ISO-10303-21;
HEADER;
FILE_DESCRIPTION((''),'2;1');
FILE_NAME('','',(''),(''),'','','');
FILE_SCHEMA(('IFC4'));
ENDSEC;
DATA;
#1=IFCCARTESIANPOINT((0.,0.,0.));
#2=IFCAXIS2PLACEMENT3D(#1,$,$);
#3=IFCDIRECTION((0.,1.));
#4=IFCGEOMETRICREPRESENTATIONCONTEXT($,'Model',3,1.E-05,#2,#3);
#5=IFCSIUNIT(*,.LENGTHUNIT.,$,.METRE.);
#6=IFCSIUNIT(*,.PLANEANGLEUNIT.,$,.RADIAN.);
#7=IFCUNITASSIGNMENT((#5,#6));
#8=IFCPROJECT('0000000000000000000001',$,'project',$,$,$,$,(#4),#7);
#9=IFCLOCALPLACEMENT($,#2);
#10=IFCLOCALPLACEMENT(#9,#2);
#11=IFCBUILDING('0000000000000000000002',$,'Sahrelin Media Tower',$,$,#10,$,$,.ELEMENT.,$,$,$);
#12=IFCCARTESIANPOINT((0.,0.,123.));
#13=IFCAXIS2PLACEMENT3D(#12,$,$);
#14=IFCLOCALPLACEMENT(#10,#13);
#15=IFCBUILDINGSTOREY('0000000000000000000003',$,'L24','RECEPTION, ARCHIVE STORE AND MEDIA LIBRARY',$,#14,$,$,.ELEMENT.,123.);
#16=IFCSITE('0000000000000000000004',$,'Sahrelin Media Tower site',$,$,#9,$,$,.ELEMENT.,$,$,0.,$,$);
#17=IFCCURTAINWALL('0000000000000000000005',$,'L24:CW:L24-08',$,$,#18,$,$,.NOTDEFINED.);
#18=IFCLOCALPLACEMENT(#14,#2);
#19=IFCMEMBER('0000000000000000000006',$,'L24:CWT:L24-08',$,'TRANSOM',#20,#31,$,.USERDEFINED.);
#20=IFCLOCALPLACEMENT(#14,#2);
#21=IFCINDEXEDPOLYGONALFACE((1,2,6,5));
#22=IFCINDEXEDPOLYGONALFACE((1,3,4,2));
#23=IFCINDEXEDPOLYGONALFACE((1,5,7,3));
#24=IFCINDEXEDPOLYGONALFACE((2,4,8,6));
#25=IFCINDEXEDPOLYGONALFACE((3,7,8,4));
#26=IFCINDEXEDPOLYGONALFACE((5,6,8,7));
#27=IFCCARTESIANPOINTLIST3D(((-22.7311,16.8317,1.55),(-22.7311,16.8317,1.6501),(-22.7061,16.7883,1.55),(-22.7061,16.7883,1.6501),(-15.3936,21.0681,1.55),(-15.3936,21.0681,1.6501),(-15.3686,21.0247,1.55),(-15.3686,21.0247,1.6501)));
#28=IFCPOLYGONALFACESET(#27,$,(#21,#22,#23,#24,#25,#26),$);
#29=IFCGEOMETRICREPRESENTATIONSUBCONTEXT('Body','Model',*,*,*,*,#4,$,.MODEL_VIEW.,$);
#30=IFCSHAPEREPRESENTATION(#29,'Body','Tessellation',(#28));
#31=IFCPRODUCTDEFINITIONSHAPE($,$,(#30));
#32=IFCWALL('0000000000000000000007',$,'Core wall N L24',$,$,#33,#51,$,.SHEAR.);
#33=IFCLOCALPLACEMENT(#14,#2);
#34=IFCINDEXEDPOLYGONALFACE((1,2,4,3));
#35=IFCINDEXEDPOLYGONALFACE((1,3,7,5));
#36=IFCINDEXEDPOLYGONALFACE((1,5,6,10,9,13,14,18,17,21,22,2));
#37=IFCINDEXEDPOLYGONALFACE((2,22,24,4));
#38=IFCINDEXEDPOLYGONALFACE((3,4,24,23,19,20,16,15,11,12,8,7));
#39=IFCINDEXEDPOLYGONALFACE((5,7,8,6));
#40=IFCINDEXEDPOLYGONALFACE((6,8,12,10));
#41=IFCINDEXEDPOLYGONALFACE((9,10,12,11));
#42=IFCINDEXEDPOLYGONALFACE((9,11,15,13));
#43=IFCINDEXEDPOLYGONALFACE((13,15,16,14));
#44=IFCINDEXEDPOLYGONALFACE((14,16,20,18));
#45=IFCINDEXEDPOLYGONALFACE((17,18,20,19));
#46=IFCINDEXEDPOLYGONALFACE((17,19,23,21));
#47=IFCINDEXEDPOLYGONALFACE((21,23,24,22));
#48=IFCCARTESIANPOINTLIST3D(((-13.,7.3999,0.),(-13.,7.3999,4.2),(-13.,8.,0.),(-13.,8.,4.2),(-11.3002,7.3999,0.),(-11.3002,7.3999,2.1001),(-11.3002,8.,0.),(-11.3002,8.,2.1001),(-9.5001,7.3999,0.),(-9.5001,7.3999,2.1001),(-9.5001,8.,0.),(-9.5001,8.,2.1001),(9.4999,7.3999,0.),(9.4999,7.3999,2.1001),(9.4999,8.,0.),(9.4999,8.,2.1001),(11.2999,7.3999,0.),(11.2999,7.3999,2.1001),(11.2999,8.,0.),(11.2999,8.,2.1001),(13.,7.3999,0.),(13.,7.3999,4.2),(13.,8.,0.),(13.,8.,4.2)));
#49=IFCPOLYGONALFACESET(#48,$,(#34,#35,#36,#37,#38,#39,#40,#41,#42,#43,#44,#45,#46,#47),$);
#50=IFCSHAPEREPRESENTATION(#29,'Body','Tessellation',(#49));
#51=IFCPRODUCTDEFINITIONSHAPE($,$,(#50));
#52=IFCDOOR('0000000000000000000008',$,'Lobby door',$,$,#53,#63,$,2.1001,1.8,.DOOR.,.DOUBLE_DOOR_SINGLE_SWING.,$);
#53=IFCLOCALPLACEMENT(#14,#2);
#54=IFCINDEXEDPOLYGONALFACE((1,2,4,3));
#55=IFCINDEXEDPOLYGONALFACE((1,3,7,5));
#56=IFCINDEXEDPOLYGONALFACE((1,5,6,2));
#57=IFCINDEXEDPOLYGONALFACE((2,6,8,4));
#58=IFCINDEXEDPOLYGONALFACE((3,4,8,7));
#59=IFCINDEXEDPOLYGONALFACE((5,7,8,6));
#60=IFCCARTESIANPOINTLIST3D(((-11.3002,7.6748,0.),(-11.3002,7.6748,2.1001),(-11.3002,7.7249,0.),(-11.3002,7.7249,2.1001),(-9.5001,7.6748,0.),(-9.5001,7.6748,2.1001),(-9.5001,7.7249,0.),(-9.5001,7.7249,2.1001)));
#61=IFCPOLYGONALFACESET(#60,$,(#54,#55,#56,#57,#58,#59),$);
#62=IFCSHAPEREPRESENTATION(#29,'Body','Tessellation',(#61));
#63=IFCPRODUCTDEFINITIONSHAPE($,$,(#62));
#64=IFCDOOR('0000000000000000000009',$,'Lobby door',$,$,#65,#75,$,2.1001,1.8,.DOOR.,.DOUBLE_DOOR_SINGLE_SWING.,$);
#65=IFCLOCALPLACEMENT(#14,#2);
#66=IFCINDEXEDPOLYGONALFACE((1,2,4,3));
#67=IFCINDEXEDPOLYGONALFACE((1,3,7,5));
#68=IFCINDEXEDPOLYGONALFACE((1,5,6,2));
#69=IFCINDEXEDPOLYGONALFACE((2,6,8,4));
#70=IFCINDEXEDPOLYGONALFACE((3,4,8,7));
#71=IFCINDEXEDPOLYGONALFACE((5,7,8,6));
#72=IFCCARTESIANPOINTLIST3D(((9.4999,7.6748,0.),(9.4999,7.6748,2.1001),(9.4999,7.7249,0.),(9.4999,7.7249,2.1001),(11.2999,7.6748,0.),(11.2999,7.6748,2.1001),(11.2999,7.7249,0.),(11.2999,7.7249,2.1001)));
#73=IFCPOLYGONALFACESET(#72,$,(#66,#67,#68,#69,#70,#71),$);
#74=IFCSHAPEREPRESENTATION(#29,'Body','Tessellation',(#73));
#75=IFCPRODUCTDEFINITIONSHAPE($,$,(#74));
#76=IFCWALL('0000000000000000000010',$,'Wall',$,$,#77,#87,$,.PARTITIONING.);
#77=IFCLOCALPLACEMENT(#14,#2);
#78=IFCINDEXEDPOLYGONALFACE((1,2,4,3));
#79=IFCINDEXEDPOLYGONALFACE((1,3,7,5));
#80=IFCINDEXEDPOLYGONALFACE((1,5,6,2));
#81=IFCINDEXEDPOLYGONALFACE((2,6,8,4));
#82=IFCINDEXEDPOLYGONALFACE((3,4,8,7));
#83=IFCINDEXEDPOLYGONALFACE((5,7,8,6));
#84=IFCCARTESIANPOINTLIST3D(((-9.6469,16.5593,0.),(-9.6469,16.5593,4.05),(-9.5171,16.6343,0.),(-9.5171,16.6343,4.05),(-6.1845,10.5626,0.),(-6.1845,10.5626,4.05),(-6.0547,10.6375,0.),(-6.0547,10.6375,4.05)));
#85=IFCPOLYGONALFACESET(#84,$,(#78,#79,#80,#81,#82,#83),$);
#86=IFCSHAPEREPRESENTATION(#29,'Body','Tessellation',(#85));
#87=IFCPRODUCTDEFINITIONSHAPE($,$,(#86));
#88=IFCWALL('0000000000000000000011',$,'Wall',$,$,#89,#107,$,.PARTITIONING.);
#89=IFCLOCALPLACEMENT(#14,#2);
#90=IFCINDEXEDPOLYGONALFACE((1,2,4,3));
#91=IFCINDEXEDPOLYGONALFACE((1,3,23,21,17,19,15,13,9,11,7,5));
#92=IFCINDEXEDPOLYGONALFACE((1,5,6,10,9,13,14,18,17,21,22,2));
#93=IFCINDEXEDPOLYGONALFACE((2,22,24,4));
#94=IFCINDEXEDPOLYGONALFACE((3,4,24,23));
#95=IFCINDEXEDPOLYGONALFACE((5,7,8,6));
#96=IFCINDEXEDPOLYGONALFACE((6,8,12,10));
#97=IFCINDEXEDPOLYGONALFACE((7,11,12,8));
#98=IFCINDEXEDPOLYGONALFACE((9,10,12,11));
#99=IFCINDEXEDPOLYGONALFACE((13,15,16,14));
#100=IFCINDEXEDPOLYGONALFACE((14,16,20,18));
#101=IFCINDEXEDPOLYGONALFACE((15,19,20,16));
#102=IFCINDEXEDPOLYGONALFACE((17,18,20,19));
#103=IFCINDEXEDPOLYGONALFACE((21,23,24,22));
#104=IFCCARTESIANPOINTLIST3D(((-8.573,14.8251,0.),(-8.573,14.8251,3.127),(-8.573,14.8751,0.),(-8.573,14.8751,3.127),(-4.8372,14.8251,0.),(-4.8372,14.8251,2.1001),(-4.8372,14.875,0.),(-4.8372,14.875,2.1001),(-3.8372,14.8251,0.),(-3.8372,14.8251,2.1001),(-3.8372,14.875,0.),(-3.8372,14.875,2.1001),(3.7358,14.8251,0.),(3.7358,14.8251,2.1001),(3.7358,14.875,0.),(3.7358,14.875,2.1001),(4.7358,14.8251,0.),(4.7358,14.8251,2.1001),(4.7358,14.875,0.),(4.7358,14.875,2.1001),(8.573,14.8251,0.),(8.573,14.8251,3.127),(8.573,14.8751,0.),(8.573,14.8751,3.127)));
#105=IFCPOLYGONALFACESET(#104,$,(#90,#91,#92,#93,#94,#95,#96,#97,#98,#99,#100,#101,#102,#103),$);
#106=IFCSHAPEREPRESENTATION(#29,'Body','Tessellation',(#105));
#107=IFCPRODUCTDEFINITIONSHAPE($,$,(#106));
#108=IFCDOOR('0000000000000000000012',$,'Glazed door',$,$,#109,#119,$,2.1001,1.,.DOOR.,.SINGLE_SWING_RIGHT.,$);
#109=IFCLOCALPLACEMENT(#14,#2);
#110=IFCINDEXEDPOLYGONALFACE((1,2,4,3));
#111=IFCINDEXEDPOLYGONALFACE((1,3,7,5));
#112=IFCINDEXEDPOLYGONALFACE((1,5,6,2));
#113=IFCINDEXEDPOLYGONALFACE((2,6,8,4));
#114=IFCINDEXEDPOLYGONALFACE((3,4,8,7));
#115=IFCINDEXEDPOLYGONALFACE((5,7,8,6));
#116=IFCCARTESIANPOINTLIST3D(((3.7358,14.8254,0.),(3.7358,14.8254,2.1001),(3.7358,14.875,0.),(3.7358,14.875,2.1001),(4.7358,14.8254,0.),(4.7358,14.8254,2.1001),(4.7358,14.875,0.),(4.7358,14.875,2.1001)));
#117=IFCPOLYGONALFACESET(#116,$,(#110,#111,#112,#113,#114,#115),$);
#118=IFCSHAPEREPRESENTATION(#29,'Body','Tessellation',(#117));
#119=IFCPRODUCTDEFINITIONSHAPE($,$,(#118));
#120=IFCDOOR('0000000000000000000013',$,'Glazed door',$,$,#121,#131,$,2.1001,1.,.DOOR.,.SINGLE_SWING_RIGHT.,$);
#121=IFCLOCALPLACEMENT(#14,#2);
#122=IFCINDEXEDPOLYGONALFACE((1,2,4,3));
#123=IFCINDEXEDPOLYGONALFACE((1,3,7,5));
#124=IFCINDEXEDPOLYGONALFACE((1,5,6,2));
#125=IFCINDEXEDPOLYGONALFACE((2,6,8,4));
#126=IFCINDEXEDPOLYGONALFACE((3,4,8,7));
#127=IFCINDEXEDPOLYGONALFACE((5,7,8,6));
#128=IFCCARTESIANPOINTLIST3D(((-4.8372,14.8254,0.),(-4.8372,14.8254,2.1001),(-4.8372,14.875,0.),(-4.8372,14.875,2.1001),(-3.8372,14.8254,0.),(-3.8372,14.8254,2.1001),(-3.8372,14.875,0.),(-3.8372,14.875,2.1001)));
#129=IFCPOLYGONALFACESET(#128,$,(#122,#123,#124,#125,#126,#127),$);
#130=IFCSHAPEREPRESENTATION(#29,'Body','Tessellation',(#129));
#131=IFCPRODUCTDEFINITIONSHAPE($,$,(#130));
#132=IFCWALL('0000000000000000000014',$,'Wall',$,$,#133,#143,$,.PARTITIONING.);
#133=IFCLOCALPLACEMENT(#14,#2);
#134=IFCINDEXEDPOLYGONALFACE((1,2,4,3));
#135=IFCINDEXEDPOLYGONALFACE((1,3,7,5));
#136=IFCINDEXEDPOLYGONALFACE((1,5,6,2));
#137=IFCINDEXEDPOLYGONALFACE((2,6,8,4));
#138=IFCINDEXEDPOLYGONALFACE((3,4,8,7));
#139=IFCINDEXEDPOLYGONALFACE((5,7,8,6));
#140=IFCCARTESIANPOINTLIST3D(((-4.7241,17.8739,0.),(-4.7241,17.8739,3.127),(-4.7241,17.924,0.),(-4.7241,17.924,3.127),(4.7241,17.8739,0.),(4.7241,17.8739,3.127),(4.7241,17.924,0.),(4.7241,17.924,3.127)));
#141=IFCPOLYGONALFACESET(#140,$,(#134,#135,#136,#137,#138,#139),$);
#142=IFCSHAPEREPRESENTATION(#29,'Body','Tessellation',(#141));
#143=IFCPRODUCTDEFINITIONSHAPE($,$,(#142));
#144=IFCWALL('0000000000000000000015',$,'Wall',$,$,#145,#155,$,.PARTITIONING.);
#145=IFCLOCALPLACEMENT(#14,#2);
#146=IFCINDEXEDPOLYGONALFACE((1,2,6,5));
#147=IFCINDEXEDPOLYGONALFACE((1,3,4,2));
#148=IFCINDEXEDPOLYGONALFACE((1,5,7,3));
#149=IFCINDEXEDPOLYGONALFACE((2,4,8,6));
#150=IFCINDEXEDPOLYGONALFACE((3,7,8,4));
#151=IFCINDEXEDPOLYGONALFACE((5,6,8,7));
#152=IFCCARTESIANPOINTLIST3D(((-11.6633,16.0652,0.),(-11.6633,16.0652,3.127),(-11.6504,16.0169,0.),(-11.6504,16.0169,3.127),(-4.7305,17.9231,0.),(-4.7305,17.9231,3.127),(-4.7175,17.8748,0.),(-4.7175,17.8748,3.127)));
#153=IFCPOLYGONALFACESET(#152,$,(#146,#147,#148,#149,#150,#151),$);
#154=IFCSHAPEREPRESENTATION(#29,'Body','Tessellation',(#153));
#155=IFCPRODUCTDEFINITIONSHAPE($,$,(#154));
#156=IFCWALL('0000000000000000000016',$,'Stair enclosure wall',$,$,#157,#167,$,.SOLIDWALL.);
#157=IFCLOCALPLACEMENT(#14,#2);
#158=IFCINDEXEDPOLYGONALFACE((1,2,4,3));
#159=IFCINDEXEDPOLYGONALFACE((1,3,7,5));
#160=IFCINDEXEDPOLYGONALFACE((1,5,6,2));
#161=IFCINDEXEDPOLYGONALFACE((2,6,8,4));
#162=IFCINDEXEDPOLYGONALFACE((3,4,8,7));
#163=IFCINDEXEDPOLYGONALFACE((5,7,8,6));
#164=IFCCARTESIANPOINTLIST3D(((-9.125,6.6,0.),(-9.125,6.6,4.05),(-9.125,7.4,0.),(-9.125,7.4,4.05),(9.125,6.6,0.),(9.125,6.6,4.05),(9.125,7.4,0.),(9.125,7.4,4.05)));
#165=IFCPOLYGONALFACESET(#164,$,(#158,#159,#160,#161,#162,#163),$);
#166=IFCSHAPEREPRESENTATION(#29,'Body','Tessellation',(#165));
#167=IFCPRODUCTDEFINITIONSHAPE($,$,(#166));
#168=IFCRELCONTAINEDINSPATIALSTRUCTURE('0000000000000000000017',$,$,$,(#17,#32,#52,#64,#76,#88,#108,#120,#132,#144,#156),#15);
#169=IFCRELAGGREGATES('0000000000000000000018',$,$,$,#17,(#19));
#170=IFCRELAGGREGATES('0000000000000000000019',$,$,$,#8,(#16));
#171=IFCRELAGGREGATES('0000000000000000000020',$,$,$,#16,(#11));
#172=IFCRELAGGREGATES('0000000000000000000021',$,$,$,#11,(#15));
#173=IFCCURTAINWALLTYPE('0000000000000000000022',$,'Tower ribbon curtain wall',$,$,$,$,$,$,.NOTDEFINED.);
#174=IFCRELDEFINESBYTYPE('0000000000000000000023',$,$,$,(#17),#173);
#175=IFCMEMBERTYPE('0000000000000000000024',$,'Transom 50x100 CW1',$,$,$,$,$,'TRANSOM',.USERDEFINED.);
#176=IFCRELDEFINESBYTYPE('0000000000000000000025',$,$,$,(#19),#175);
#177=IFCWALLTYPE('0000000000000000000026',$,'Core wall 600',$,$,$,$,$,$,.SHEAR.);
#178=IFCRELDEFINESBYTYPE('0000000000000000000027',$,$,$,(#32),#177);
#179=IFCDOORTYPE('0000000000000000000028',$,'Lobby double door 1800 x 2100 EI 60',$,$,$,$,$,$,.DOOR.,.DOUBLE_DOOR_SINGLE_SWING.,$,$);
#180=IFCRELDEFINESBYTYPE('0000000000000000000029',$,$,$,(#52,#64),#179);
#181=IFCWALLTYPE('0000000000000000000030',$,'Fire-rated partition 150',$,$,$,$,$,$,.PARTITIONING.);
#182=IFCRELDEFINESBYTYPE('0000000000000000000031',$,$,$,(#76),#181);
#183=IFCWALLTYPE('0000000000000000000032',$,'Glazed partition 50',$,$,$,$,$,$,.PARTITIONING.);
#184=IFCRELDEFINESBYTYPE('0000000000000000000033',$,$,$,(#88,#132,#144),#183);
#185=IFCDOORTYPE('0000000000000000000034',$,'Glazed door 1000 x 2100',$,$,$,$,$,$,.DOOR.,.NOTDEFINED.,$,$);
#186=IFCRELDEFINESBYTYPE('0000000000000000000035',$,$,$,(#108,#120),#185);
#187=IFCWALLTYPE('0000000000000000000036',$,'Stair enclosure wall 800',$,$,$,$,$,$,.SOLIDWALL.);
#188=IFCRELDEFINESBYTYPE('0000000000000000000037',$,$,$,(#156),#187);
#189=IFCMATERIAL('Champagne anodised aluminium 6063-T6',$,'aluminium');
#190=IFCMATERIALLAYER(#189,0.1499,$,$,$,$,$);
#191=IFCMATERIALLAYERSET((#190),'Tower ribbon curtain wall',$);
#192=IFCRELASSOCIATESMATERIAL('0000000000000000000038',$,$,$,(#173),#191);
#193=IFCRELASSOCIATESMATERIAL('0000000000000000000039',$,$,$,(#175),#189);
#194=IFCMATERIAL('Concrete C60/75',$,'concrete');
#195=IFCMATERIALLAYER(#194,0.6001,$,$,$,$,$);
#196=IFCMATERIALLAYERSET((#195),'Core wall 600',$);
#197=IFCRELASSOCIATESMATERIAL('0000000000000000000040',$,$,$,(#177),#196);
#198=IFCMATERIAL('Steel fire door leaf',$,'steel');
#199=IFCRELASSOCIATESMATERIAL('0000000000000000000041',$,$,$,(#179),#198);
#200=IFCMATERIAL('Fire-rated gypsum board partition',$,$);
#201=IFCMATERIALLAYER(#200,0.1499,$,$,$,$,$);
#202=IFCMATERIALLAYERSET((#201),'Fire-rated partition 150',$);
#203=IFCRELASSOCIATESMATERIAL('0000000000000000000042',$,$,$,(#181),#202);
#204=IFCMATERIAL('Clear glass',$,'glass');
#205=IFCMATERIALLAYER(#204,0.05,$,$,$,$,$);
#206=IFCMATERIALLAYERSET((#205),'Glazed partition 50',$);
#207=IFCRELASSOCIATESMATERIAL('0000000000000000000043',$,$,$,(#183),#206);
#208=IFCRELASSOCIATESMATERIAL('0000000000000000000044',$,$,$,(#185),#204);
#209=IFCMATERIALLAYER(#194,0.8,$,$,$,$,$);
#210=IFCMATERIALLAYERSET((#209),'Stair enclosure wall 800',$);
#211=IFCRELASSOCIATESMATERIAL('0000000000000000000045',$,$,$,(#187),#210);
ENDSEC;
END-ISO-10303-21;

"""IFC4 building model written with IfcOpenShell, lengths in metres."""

from ifc_helpers import new_model, si_unit, direction, frame, frame_2d, origin, origin_2d, place, context, subcontext, project, spatial, rectangle, extrude, material, layer, layer_set, material_profile, profile_set, type_object, element, fill, aggregate, save


model = new_model("IFC4")

# Units and contexts
model_context = context("Model", 3, precision=1e-05, world=origin(), true_north=direction((0.0, 1.0)))
body_context = subcontext(model_context, "Body", "Model", "MODEL_VIEW")
ifc_project = project(units=[si_unit("LENGTHUNIT", "METRE"), si_unit("PLANEANGLEUNIT", "RADIAN")], contexts=[model_context])

# Site, building, storey
site_placement = place(None, origin())
site = spatial("IfcSite", under=ifc_project, at=site_placement, Name="Sahrelin Media Tower site", CompositionType="ELEMENT", RefElevation=0.0)
building_placement = place(site_placement, origin())
building = spatial("IfcBuilding", under=site, at=building_placement, Name="Sahrelin Media Tower", CompositionType="ELEMENT")
storey_placement = place(building_placement, frame((0.0, 0.0, 123.0)))
storey = spatial("IfcBuildingStorey", under=building, at=storey_placement, Name="L24", Description="RECEPTION, ARCHIVE STORE AND MEDIA LIBRARY", CompositionType="ELEMENT", Elevation=123.0)

# Curtain wall, member
ifc_material_1 = material(Name="Champagne anodised aluminium 6063-T6", Category="aluminium")
ifc_layer_1 = layer(ifc_material_1, 0.1499)
ifc_layer_set_1 = layer_set([ifc_layer_1], Name="Tower ribbon curtain wall")
curtain_wall_type = type_object("IfcCurtainWallType", Name="Tower ribbon curtain wall", PredefinedType="NOTDEFINED", material=ifc_layer_set_1)
curtain_wall_placement = place(storey_placement, frame((-19.1472, 19.0972, 0.0), z_axis=(0.0, 0.0, 1.0), x_axis=(1.0, 0.0, 0.0)))
curtain_wall = element("IfcCurtainWall", 1, at=curtain_wall_placement, inside=storey, type_object=curtain_wall_type, Name="L24:CW:L24-08", PredefinedType="NOTDEFINED")
ifc_material_profile_1 = material_profile(ifc_material_1, rectangle(XDim=0.05, YDim=0.1001, at=origin_2d()), Name="Transom 50x100")
ifc_profile_set_1 = profile_set([ifc_material_profile_1], Name="Champagne anodised aluminium 6063-T6")
member_type = type_object("IfcMemberType", Name="Transom 50x100 CW1", ElementType="TRANSOM", PredefinedType="USERDEFINED", material=ifc_profile_set_1)
member_placement = place(storey_placement, frame((-15.3811, 21.0464, 1.6001), z_axis=(-0.866021, -0.500007, 0.0), x_axis=(0.500007, -0.866021, 0.0)))
member = element("IfcMember", 2, at=member_placement, type_object=member_type, Name="L24:CWT:L24-08", ObjectType="TRANSOM", PredefinedType="USERDEFINED", context=body_context, shape_type="SweptSolid", body=[
    extrude(rectangle(XDim=0.05, YDim=0.1001, at=origin_2d()), origin(), (0.0, 0.0, 1.0), 8.4727),
])
aggregate(curtain_wall, [member])

# Wall, openings, doors
ifc_material_2 = material(Name="Concrete C60/75", Category="concrete")
ifc_layer_2 = layer(ifc_material_2, 0.6001)
ifc_layer_set_2 = layer_set([ifc_layer_2], Name="Core wall 600")
wall_type_1 = type_object("IfcWallType", Name="Core wall 600", PredefinedType="SHEAR", material=ifc_layer_set_2)
wall_1_placement = place(storey_placement, frame((-13.0, 7.7, 0.0), z_axis=(0.0, 0.0, 1.0), x_axis=(1.0, 0.0, 0.0)))
wall_1 = element("IfcWall", 3, at=wall_1_placement, inside=storey, type_object=wall_type_1, Name="Core wall N L24", PredefinedType="SHEAR", context=body_context, shape_type="SweptSolid", body=[
    extrude(rectangle(XDim=26.0, YDim=0.6001, at=frame_2d((13.0, 0.0))), origin(), (0.0, 0.0, 1.0), 4.2),
])
opening_1_placement = place(wall_1_placement, frame((1.7, 0.0, 0.0)))
opening_1 = element("IfcOpeningElement", 4, at=opening_1_placement, cuts=wall_1, PredefinedType="OPENING", context=body_context, shape_type="SweptSolid", body=[
    extrude(rectangle(XDim=1.8, YDim=2.1001, at=frame_2d((0.8999, 1.05))), frame((0.0, 0.3, 0.0), z_axis=(0.0, -1.0, 0.0), x_axis=(1.0, 0.0, 0.0)), (0.0, 0.0, 1.0), 0.6001),
])
opening_2_placement = place(wall_1_placement, frame((22.5, 0.0, 0.0)))
opening_2 = element("IfcOpeningElement", 5, at=opening_2_placement, cuts=wall_1, PredefinedType="OPENING", context=body_context, shape_type="SweptSolid", body=[
    extrude(rectangle(XDim=1.8, YDim=2.1001, at=frame_2d((0.8999, 1.05))), frame((0.0, 0.3, 0.0), z_axis=(0.0, -1.0, 0.0), x_axis=(1.0, 0.0, 0.0)), (0.0, 0.0, 1.0), 0.6001),
])
ifc_material_3 = material(Name="Steel fire door leaf", Category="steel")
door_type_1 = type_object("IfcDoorType", Name="Lobby double door 1800 x 2100 EI 60", OperationType="DOUBLE_DOOR_SINGLE_SWING", PredefinedType="DOOR", material=ifc_material_3)
door_1_placement = place(opening_1_placement, origin())
door_1 = element("IfcDoor", 6, at=door_1_placement, inside=storey, type_object=door_type_1, Name="Lobby door", OperationType="DOUBLE_DOOR_SINGLE_SWING", OverallHeight=2.1001, OverallWidth=1.8, PredefinedType="DOOR", context=body_context, shape_type="SweptSolid", body=[
    extrude(rectangle(XDim=1.8, YDim=2.1001, at=frame_2d((0.8999, 1.05))), frame((0.0, 0.0249, 0.0), z_axis=(0.0, -1.0, 0.0), x_axis=(1.0, 0.0, 0.0)), (0.0, 0.0, 1.0), 0.05),
])
fill(opening_1, door_1)
door_2_placement = place(opening_2_placement, origin())
door_2 = element("IfcDoor", 7, at=door_2_placement, inside=storey, type_object=door_type_1, Name="Lobby door", OperationType="DOUBLE_DOOR_SINGLE_SWING", OverallHeight=2.1001, OverallWidth=1.8, PredefinedType="DOOR", context=body_context, shape_type="SweptSolid", body=[
    extrude(rectangle(XDim=1.8, YDim=2.1001, at=frame_2d((0.8999, 1.05))), frame((0.0, 0.0249, 0.0), z_axis=(0.0, -1.0, 0.0), x_axis=(1.0, 0.0, 0.0)), (0.0, 0.0, 1.0), 0.05),
])
fill(opening_2, door_2)

# Wall
ifc_material_4 = material(Name="Fire-rated gypsum board partition")
ifc_layer_3 = layer(ifc_material_4, 0.1499)
ifc_layer_set_3 = layer_set([ifc_layer_3], Name="Fire-rated partition 150")
wall_type_2 = type_object("IfcWallType", Name="Fire-rated partition 150", PredefinedType="PARTITIONING", material=ifc_layer_set_3)
wall_2_placement = place(storey_placement, frame((-9.582, 16.5969, 0.0), z_axis=(0.0, 0.0, 1.0), x_axis=(0.500014, -0.866017, 0.0)))
element("IfcWall", 8, at=wall_2_placement, inside=storey, type_object=wall_type_2, Name="Wall", PredefinedType="PARTITIONING", context=body_context, shape_type="SweptSolid", body=[
    extrude(rectangle(XDim=6.9246, YDim=0.1499, at=frame_2d((3.4624, 0.0))), origin(), (0.0, 0.0, 1.0), 4.05),
])

# Wall, openings, doors
ifc_material_5 = material(Name="Clear glass", Category="glass")
ifc_layer_4 = layer(ifc_material_5, 0.05)
ifc_layer_set_4 = layer_set([ifc_layer_4], Name="Glazed partition 50")
wall_type_3 = type_object("IfcWallType", Name="Glazed partition 50", PredefinedType="PARTITIONING", material=ifc_layer_set_4)
wall_3_placement = place(storey_placement, frame((-8.573, 14.8501, 0.0), z_axis=(0.0, 0.0, 1.0), x_axis=(1.0, 0.0, 0.0)))
wall_3 = element("IfcWall", 9, at=wall_3_placement, inside=storey, type_object=wall_type_3, Name="Wall", PredefinedType="PARTITIONING", context=body_context, shape_type="SweptSolid", body=[
    extrude(rectangle(XDim=17.146, YDim=0.05, at=frame_2d((8.573, 0.0))), origin(), (0.0, 0.0, 1.0), 3.127),
])
opening_3_placement = place(wall_3_placement, frame((12.3088, 0.0, 0.0)))
opening_3 = element("IfcOpeningElement", 10, at=opening_3_placement, cuts=wall_3, PredefinedType="OPENING", context=body_context, shape_type="SweptSolid", body=[
    extrude(rectangle(XDim=1.0, YDim=2.1001, at=frame_2d((0.5, 1.05))), frame((0.0, 0.0249, 0.0), z_axis=(0.0, -1.0, 0.0), x_axis=(1.0, 0.0, 0.0)), (0.0, 0.0, 1.0), 0.05),
])
opening_4_placement = place(wall_3_placement, frame((3.7358, 0.0, 0.0)))
opening_4 = element("IfcOpeningElement", 11, at=opening_4_placement, cuts=wall_3, PredefinedType="OPENING", context=body_context, shape_type="SweptSolid", body=[
    extrude(rectangle(XDim=1.0, YDim=2.1001, at=frame_2d((0.5, 1.05))), frame((0.0, 0.0249, 0.0), z_axis=(0.0, -1.0, 0.0), x_axis=(1.0, 0.0, 0.0)), (0.0, 0.0, 1.0), 0.05),
])
door_type_2 = type_object("IfcDoorType", Name="Glazed door 1000 x 2100", OperationType="NOTDEFINED", PredefinedType="DOOR", material=ifc_material_5)
door_3_placement = place(opening_3_placement, origin())
door_3 = element("IfcDoor", 12, at=door_3_placement, inside=storey, type_object=door_type_2, Name="Glazed door", OperationType="SINGLE_SWING_RIGHT", OverallHeight=2.1001, OverallWidth=1.0, PredefinedType="DOOR", context=body_context, shape_type="SweptSolid", body=[
    extrude(rectangle(XDim=1.0, YDim=2.1001, at=frame_2d((0.5, 1.05))), frame((0.0, 0.0249, 0.0), z_axis=(0.0, -1.0, 0.0), x_axis=(1.0, 0.0, 0.0)), (0.0, 0.0, 1.0), 0.0496),
])
fill(opening_3, door_3)
door_4_placement = place(opening_4_placement, origin())
door_4 = element("IfcDoor", 13, at=door_4_placement, inside=storey, type_object=door_type_2, Name="Glazed door", OperationType="SINGLE_SWING_RIGHT", OverallHeight=2.1001, OverallWidth=1.0, PredefinedType="DOOR", context=body_context, shape_type="SweptSolid", body=[
    extrude(rectangle(XDim=1.0, YDim=2.1001, at=frame_2d((0.5, 1.05))), frame((0.0, 0.0249, 0.0), z_axis=(0.0, -1.0, 0.0), x_axis=(1.0, 0.0, 0.0)), (0.0, 0.0, 1.0), 0.0496),
])
fill(opening_4, door_4)

# Walls
wall_4_placement = place(storey_placement, frame((-4.7241, 17.8989, 0.0), z_axis=(0.0, 0.0, 1.0), x_axis=(1.0, 0.0, 0.0)))
element("IfcWall", 14, at=wall_4_placement, inside=storey, type_object=wall_type_3, Name="Wall", PredefinedType="PARTITIONING", context=body_context, shape_type="SweptSolid", body=[
    extrude(rectangle(XDim=9.4482, YDim=0.05, at=frame_2d((4.7241, 0.0))), origin(), (0.0, 0.0, 1.0), 3.127),
])
wall_5_placement = place(storey_placement, frame((-11.657, 16.041, 0.0), z_axis=(0.0, 0.0, 1.0), x_axis=(0.965917, 0.258852, 0.0)))
element("IfcWall", 15, at=wall_5_placement, inside=storey, type_object=wall_type_3, Name="Wall", PredefinedType="PARTITIONING", context=body_context, shape_type="SweptSolid", body=[
    extrude(rectangle(XDim=7.1775, YDim=0.05, at=frame_2d((3.5889, 0.0))), origin(), (0.0, 0.0, 1.0), 3.127),
])
ifc_layer_5 = layer(ifc_material_2, 0.8)
ifc_layer_set_5 = layer_set([ifc_layer_5], Name="Stair enclosure wall 800")
wall_type_4 = type_object("IfcWallType", Name="Stair enclosure wall 800", PredefinedType="SOLIDWALL", material=ifc_layer_set_5)
wall_6_placement = place(storey_placement, frame((-9.125, 7.0, 0.0), z_axis=(0.0, 0.0, 1.0), x_axis=(1.0, 0.0, 0.0)))
element("IfcWall", 16, at=wall_6_placement, inside=storey, type_object=wall_type_4, Name="Stair enclosure wall", PredefinedType="SOLIDWALL", context=body_context, shape_type="SweptSolid", body=[
    extrude(rectangle(XDim=18.25, YDim=0.8, at=frame_2d((9.125, 0.0))), origin(), (0.0, 0.0, 1.0), 4.05),
])

save(model, "model.ifc")
